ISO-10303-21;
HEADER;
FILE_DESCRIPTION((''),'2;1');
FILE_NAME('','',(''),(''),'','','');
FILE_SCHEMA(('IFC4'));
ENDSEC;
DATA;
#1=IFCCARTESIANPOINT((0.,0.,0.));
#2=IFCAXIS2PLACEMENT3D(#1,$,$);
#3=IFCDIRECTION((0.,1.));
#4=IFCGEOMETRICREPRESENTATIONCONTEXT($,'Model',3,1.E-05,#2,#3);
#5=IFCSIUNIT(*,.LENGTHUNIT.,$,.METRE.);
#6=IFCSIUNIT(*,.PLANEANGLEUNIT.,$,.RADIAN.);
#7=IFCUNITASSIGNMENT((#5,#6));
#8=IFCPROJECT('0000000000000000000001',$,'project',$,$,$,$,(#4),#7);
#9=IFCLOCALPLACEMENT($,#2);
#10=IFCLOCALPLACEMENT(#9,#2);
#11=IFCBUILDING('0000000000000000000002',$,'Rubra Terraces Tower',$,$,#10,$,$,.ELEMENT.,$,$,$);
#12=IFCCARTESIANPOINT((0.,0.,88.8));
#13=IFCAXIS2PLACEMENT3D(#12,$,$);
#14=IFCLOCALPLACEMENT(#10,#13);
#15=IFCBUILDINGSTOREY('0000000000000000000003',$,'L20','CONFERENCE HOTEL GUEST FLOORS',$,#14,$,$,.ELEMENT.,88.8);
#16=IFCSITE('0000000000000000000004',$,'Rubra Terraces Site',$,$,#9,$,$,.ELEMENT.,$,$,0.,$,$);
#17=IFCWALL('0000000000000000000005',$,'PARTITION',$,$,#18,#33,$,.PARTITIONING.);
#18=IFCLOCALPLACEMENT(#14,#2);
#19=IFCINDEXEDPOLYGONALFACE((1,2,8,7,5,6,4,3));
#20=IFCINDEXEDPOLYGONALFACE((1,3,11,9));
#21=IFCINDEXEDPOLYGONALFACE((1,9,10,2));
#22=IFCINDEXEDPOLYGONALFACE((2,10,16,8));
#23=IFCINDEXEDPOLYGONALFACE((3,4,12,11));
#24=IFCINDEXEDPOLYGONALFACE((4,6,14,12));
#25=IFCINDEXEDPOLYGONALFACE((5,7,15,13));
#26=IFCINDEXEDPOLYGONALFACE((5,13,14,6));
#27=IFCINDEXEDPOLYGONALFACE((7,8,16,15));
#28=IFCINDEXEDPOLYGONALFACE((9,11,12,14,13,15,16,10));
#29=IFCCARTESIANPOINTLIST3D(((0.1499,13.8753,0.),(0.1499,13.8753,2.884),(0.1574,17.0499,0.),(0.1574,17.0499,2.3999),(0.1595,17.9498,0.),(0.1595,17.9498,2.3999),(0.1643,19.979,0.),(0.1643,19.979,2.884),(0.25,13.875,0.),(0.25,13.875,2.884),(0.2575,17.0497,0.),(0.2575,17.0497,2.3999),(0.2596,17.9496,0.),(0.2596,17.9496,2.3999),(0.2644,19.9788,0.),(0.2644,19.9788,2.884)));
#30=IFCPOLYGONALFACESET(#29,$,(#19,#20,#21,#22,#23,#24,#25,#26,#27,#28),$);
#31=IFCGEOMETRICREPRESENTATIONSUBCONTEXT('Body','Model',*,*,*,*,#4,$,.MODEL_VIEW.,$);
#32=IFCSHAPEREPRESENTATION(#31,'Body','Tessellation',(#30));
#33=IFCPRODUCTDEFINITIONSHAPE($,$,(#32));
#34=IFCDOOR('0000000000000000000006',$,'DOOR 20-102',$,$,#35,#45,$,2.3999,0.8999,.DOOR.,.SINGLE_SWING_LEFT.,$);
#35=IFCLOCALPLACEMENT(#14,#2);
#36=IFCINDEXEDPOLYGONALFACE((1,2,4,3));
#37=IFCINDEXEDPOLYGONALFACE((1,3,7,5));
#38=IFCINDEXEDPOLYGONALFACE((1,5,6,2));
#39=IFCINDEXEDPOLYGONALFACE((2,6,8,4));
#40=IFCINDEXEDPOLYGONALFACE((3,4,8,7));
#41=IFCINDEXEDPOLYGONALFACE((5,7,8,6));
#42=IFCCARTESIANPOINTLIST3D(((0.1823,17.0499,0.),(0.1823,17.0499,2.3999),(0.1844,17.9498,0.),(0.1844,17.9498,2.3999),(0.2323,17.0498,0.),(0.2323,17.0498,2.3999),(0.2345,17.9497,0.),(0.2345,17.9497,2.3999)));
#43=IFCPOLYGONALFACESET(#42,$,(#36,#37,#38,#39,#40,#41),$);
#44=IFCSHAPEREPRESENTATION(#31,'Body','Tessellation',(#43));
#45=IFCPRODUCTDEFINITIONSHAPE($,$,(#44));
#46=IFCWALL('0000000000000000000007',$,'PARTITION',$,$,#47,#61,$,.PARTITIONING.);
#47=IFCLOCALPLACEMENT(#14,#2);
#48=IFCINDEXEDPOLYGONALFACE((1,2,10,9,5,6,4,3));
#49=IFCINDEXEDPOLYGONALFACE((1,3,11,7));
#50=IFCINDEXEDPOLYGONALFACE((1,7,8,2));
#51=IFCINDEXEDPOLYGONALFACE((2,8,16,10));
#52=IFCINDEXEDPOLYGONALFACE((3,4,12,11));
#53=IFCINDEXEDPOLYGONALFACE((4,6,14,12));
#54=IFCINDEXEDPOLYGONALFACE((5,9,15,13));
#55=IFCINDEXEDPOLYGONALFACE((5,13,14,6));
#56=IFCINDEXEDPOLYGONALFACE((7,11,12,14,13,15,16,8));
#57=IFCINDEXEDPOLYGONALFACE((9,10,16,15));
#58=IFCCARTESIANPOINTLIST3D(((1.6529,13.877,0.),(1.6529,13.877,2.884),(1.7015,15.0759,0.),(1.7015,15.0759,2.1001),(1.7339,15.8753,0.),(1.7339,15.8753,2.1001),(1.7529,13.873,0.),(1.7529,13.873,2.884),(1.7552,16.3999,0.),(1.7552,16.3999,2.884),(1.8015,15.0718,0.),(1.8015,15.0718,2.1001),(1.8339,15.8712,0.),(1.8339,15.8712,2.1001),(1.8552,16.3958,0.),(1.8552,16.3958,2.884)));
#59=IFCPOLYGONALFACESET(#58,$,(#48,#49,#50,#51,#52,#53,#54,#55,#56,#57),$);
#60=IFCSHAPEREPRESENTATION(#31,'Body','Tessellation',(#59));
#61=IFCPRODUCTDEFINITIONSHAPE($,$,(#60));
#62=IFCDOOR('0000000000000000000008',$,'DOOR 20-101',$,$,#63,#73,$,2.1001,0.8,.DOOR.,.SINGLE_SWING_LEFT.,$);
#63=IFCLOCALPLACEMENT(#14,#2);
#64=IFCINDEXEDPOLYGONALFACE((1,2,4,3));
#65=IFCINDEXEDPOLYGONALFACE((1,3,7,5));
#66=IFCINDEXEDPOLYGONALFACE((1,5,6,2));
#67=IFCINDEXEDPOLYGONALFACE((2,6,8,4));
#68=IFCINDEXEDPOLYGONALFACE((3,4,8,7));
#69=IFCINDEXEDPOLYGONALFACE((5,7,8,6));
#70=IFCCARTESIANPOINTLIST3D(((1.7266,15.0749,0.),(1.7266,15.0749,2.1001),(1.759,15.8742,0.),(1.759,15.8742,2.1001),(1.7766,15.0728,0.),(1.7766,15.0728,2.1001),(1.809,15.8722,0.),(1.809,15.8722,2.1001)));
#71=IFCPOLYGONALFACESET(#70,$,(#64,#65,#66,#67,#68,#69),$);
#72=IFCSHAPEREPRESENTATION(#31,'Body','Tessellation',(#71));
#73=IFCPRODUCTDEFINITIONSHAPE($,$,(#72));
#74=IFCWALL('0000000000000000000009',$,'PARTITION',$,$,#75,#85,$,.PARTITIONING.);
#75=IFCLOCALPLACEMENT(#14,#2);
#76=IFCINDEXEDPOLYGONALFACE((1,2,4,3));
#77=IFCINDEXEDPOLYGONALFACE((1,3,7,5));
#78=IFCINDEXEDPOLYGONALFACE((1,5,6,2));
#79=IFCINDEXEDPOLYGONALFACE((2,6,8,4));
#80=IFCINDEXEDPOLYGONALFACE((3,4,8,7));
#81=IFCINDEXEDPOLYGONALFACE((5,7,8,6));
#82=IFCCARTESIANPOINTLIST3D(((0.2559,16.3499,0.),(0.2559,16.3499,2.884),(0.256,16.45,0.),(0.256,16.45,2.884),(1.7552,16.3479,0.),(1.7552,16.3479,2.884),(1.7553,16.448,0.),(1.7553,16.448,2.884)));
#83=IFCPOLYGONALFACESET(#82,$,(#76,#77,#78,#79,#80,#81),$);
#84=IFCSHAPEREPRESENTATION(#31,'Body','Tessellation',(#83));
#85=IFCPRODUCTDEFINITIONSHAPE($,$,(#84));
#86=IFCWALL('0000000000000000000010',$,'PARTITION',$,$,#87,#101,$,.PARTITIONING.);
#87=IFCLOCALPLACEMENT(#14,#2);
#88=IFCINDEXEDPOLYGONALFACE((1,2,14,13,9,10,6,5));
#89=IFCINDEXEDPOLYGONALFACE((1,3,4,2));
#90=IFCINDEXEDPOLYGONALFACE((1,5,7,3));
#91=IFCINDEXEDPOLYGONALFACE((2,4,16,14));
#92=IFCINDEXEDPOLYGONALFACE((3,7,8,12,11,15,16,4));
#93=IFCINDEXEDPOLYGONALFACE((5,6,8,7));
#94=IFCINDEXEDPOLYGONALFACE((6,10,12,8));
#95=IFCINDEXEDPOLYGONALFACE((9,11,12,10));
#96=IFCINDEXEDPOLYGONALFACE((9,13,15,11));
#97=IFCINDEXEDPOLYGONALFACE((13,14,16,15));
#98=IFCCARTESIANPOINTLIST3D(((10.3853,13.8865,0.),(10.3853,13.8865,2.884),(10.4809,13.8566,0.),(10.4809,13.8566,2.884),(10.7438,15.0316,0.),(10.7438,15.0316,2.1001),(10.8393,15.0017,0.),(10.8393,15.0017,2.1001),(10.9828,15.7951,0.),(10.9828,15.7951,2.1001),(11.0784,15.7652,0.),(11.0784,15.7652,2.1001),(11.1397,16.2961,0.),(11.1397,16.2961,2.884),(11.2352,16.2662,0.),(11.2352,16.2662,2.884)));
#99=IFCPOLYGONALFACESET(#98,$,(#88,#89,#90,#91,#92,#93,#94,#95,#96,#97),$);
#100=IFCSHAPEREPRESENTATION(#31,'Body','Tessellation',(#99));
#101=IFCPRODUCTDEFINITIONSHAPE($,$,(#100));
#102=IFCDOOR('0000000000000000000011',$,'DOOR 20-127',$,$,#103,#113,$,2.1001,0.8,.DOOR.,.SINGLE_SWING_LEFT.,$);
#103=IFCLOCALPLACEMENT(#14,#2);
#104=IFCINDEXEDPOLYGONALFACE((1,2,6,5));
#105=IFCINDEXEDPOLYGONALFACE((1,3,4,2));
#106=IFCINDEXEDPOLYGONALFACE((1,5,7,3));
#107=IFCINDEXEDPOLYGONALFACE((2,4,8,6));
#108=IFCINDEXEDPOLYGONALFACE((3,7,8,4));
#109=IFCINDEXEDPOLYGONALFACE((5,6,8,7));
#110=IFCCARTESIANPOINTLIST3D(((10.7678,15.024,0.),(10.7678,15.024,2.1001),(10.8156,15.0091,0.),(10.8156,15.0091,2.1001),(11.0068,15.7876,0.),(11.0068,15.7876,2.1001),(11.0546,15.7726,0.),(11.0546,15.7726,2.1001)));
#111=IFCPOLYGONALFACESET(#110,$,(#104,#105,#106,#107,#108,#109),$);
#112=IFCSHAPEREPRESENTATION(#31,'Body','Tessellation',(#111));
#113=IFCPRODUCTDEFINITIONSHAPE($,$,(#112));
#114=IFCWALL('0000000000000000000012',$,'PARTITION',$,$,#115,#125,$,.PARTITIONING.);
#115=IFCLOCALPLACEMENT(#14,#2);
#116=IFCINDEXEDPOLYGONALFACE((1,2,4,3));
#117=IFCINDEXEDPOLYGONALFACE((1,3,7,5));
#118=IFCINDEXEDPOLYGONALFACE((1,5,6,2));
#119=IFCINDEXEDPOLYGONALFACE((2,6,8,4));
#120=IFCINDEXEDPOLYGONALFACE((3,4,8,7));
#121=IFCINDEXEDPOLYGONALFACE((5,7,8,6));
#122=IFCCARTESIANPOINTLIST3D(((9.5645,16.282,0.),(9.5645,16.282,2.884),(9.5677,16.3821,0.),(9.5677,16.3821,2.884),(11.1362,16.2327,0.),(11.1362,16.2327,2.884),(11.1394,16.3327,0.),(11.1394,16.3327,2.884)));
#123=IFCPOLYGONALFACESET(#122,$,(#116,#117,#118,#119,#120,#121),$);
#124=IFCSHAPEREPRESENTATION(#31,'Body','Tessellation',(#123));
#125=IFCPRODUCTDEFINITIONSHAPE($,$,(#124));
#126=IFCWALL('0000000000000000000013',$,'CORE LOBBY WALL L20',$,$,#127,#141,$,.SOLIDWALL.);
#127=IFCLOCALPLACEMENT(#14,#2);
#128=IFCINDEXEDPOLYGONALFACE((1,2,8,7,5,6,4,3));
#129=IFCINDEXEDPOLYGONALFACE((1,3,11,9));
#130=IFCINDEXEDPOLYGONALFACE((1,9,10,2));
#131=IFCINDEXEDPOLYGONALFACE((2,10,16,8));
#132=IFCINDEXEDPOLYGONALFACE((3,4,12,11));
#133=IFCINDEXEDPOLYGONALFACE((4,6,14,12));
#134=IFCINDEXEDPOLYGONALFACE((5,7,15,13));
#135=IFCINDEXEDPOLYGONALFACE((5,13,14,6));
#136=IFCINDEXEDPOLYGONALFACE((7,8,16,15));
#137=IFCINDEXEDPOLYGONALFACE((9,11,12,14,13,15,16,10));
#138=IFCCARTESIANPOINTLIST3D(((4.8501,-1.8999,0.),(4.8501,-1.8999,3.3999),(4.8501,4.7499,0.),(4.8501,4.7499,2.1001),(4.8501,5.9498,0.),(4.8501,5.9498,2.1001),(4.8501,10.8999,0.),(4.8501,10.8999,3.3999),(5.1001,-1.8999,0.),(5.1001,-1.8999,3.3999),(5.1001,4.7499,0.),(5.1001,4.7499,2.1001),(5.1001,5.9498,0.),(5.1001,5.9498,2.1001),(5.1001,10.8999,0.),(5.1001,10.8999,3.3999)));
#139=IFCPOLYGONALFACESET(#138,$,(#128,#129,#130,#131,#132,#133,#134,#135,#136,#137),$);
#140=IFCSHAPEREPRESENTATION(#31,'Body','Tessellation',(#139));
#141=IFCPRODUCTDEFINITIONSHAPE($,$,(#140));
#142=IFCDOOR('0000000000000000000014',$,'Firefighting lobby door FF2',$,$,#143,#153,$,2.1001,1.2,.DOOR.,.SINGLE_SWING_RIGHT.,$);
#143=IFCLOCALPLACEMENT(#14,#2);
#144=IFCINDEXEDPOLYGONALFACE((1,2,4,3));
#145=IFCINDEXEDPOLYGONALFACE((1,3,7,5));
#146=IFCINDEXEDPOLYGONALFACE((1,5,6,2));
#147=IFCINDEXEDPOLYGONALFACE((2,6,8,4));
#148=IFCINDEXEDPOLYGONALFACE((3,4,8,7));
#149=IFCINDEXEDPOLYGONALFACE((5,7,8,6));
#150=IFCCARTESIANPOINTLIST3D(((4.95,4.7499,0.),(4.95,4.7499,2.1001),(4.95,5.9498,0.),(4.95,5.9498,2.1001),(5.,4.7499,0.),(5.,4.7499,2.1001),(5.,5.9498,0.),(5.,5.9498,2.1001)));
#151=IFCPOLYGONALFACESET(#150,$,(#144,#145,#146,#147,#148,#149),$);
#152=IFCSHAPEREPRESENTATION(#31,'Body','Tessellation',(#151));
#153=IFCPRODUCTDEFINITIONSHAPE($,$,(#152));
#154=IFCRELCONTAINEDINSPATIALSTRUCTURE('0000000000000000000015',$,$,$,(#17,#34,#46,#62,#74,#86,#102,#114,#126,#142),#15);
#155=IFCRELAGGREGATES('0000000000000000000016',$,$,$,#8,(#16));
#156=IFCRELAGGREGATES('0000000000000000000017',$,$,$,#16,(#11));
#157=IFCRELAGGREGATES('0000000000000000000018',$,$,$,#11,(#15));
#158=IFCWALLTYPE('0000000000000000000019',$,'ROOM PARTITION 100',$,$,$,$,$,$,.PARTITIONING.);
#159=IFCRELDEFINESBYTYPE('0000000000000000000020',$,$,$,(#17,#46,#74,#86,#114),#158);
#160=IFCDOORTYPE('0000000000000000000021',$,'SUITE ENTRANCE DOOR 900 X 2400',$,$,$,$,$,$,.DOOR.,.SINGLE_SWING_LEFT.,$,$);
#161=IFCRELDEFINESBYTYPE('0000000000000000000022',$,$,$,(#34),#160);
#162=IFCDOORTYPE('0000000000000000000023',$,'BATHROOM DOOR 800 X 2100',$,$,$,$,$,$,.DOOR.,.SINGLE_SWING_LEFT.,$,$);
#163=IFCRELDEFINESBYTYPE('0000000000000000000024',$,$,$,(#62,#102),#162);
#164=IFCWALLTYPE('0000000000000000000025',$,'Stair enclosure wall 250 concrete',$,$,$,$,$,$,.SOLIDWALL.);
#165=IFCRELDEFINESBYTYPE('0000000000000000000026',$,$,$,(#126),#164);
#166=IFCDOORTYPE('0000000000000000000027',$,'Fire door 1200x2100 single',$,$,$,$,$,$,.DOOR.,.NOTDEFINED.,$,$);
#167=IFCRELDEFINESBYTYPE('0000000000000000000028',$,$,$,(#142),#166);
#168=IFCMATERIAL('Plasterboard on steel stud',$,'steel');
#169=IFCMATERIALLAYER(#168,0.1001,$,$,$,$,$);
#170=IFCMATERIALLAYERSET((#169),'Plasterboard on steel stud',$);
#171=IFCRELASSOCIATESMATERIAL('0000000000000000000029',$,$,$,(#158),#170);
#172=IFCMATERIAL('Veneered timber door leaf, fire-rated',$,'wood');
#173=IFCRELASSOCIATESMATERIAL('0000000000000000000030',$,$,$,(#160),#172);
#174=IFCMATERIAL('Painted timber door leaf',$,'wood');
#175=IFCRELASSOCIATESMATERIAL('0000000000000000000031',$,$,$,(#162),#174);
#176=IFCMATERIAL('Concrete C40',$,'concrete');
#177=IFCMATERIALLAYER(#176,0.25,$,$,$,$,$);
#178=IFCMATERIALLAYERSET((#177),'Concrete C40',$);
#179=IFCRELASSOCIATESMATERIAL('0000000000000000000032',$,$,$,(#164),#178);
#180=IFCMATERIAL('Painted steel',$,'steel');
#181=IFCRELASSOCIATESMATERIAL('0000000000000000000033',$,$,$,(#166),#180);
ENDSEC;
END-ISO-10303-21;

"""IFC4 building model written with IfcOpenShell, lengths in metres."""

from ifc_helpers import new_model, si_unit, direction, frame, frame_2d, origin, place, context, subcontext, project, spatial, rectangle, extrude, material, layer, layer_set, type_object, element, fill, save


model = new_model("IFC4")

# Units and contexts
model_context = context("Model", 3, precision=1e-05, world=origin(), true_north=direction((0.0, 1.0)))
body_context = subcontext(model_context, "Body", "Model", "MODEL_VIEW")
ifc_project = project(units=[si_unit("LENGTHUNIT", "METRE"), si_unit("PLANEANGLEUNIT", "RADIAN")], contexts=[model_context])

# Site, building, storey
site_placement = place(None, origin())
site = spatial("IfcSite", under=ifc_project, at=site_placement, Name="Rubra Terraces Site", CompositionType="ELEMENT", RefElevation=0.0)
building_placement = place(site_placement, origin())
building = spatial("IfcBuilding", under=site, at=building_placement, Name="Rubra Terraces Tower", CompositionType="ELEMENT")
storey_placement = place(building_placement, frame((0.0, 0.0, 88.8)))
storey = spatial("IfcBuildingStorey", under=building, at=storey_placement, Name="L20", Description="CONFERENCE HOTEL GUEST FLOORS", CompositionType="ELEMENT", Elevation=88.8)

# Shared definitions
ifc_material_1 = material(Name="Painted timber door leaf", Category="wood")

# Shared definitions
ifc_material_2 = material(Name="Concrete C40", Category="concrete")

# Walls, openings, doors
ifc_material_3 = material(Name="Plasterboard on steel stud", Category="steel")
ifc_layer_1 = layer(ifc_material_3, 0.1001)
ifc_layer_set_1 = layer_set([ifc_layer_1], Name="Plasterboard on steel stud")
wall_type_1 = type_object("IfcWallType", Name="ROOM PARTITION 100", PredefinedType="PARTITIONING", material=ifc_layer_set_1)
wall_1_placement = place(storey_placement, frame((0.2144, 19.9788, 0.0), z_axis=(0.0, 0.0, 1.0), x_axis=(-0.00236, -0.999997, 0.0)))
wall_1 = element("IfcWall", 1, at=wall_1_placement, inside=storey, type_object=wall_type_1, Name="PARTITION", PredefinedType="PARTITIONING", context=body_context, shape_type="SweptSolid", body=[
    extrude(rectangle(XDim=6.1038, YDim=0.1001, at=frame_2d((3.0518, 0.0))), origin(), (0.0, 0.0, 1.0), 2.884),
])
opening_1_placement = place(wall_1_placement, frame((2.0291, 0.0, 0.0)))
opening_1 = element("IfcOpeningElement", 2, at=opening_1_placement, cuts=wall_1, PredefinedType="OPENING", context=body_context, shape_type="SweptSolid", body=[
    extrude(rectangle(XDim=0.8999, YDim=2.3999, at=frame_2d((0.45, 1.2))), frame((0.0, 0.0601, 0.0), z_axis=(0.0, -1.0, 0.0), x_axis=(1.0, 0.0, 0.0)), (0.0, 0.0, 1.0), 0.1201),
])
ifc_material_4 = material(Name="Veneered timber door leaf, fire-rated", Category="wood")
door_type_1 = type_object("IfcDoorType", Name="SUITE ENTRANCE DOOR 900 X 2400", OperationType="SINGLE_SWING_LEFT", PredefinedType="DOOR", material=ifc_material_4)
door_1_placement = place(opening_1_placement, origin())
door_1 = element("IfcDoor", 3, at=door_1_placement, inside=storey, type_object=door_type_1, Name="DOOR 20-102", OperationType="SINGLE_SWING_LEFT", OverallHeight=2.3999, OverallWidth=0.8999, PredefinedType="DOOR", context=body_context, shape_type="SweptSolid", body=[
    extrude(rectangle(XDim=0.8999, YDim=2.3999, at=frame_2d((0.45, 1.2))), frame((0.0, 0.0249, 0.0), z_axis=(0.0, -1.0, 0.0), x_axis=(1.0, 0.0, 0.0)), (0.0, 0.0, 1.0), 0.05),
])
fill(opening_1, door_1)
wall_2_placement = place(storey_placement, frame((1.7029, 13.875, 0.0), z_axis=(0.0, 0.0, 1.0), x_axis=(0.040512, 0.999179, 0.0)))
wall_2 = element("IfcWall", 4, at=wall_2_placement, inside=storey, type_object=wall_type_1, Name="PARTITION", PredefinedType="PARTITIONING", context=body_context, shape_type="SweptSolid", body=[
    extrude(rectangle(XDim=2.5249, YDim=0.1001, at=frame_2d((1.2625, 0.0))), origin(), (0.0, 0.0, 1.0), 2.884),
])
opening_2_placement = place(wall_2_placement, frame((1.2, 0.0, 0.0)))
opening_2 = element("IfcOpeningElement", 5, at=opening_2_placement, cuts=wall_2, PredefinedType="OPENING", context=body_context, shape_type="SweptSolid", body=[
    extrude(rectangle(XDim=0.8, YDim=2.1001, at=frame_2d((0.3999, 1.05))), frame((0.0, 0.0601, 0.0), z_axis=(0.0, -1.0, 0.0), x_axis=(1.0, 0.0, 0.0)), (0.0, 0.0, 1.0), 0.1201),
])
door_type_2 = type_object("IfcDoorType", Name="BATHROOM DOOR 800 X 2100", OperationType="SINGLE_SWING_LEFT", PredefinedType="DOOR", material=ifc_material_1)
door_2_placement = place(opening_2_placement, origin())
door_2 = element("IfcDoor", 6, at=door_2_placement, inside=storey, type_object=door_type_2, Name="DOOR 20-101", OperationType="SINGLE_SWING_LEFT", OverallHeight=2.1001, OverallWidth=0.8, PredefinedType="DOOR", context=body_context, shape_type="SweptSolid", body=[
    extrude(rectangle(XDim=0.8, YDim=2.1001, at=frame_2d((0.3999, 1.05))), frame((0.0, 0.0249, 0.0), z_axis=(0.0, -1.0, 0.0), x_axis=(1.0, 0.0, 0.0)), (0.0, 0.0, 1.0), 0.05),
])
fill(opening_2, door_2)

# Wall
wall_3_placement = place(storey_placement, frame((1.7551, 16.3979, 0.0), z_axis=(0.0, 0.0, 1.0), x_axis=(-0.999999, 0.001303, 0.0)))
element("IfcWall", 7, at=wall_3_placement, inside=storey, type_object=wall_type_1, Name="PARTITION", PredefinedType="PARTITIONING", context=body_context, shape_type="SweptSolid", body=[
    extrude(rectangle(XDim=1.4993, YDim=0.1001, at=frame_2d((0.7495, 0.0))), origin(), (0.0, 0.0, 1.0), 2.884),
])

# Wall, opening, door
wall_4_placement = place(storey_placement, frame((10.4331, 13.8716, 0.0), z_axis=(0.0, 0.0, 1.0), x_axis=(0.29877, 0.954325, 0.0)))
wall_4 = element("IfcWall", 8, at=wall_4_placement, inside=storey, type_object=wall_type_1, Name="PARTITION", PredefinedType="PARTITIONING", context=body_context, shape_type="SweptSolid", body=[
    extrude(rectangle(XDim=2.5249, YDim=0.1001, at=frame_2d((1.2625, 0.0))), origin(), (0.0, 0.0, 1.0), 2.884),
])
opening_3_placement = place(wall_4_placement, frame((1.2, 0.0, 0.0)))
opening_3 = element("IfcOpeningElement", 9, at=opening_3_placement, cuts=wall_4, PredefinedType="OPENING", context=body_context, shape_type="SweptSolid", body=[
    extrude(rectangle(XDim=0.8, YDim=2.1001, at=frame_2d((0.3999, 1.05))), frame((0.0, 0.0601, 0.0), z_axis=(0.0, -1.0, 0.0), x_axis=(1.0, 0.0, 0.0)), (0.0, 0.0, 1.0), 0.1201),
])
door_3_placement = place(opening_3_placement, origin())
door_3 = element("IfcDoor", 10, at=door_3_placement, inside=storey, type_object=door_type_2, Name="DOOR 20-127", OperationType="SINGLE_SWING_LEFT", OverallHeight=2.1001, OverallWidth=0.8, PredefinedType="DOOR", context=body_context, shape_type="SweptSolid", body=[
    extrude(rectangle(XDim=0.8, YDim=2.1001, at=frame_2d((0.3999, 1.05))), frame((0.0, 0.0249, 0.0), z_axis=(0.0, -1.0, 0.0), x_axis=(1.0, 0.0, 0.0)), (0.0, 0.0, 1.0), 0.05),
])
fill(opening_3, door_3)

# Wall
wall_5_placement = place(storey_placement, frame((11.1377, 16.2827, 0.0), z_axis=(0.0, 0.0, 1.0), x_axis=(-0.999508, 0.031361, 0.0)))
element("IfcWall", 11, at=wall_5_placement, inside=storey, type_object=wall_type_1, Name="PARTITION", PredefinedType="PARTITIONING", context=body_context, shape_type="SweptSolid", body=[
    extrude(rectangle(XDim=1.5725, YDim=0.1001, at=frame_2d((0.7861, 0.0))), origin(), (0.0, 0.0, 1.0), 2.884),
])

# Wall, opening, door
ifc_layer_2 = layer(ifc_material_2, 0.25)
ifc_layer_set_2 = layer_set([ifc_layer_2], Name="Concrete C40")
wall_type_2 = type_object("IfcWallType", Name="Stair enclosure wall 250 concrete", PredefinedType="SOLIDWALL", material=ifc_layer_set_2)
wall_6_placement = place(storey_placement, frame((4.9751, 10.8999, 0.0), z_axis=(0.0, 0.0, 1.0), x_axis=(0.0, -1.0, 0.0)))
wall_6 = element("IfcWall", 12, at=wall_6_placement, inside=storey, type_object=wall_type_2, Name="CORE LOBBY WALL L20", PredefinedType="SOLIDWALL", context=body_context, shape_type="SweptSolid", body=[
    extrude(rectangle(XDim=12.7998, YDim=0.25, at=frame_2d((6.3999, 0.0))), origin(), (0.0, 0.0, 1.0), 3.3999),
])
opening_4_placement = place(wall_6_placement, frame((4.95, 0.0, 0.0)))
opening_4 = element("IfcOpeningElement", 13, at=opening_4_placement, cuts=wall_6, PredefinedType="OPENING", context=body_context, shape_type="SweptSolid", body=[
    extrude(rectangle(XDim=1.2, YDim=2.1001, at=frame_2d((0.6001, 1.05))), frame((0.0, 0.135, 0.0), z_axis=(0.0, -1.0, 0.0), x_axis=(1.0, 0.0, 0.0)), (0.0, 0.0, 1.0), 0.27),
])
ifc_material_5 = material(Name="Painted steel", Category="steel")
door_type_3 = type_object("IfcDoorType", Name="Fire door 1200x2100 single", OperationType="NOTDEFINED", PredefinedType="DOOR", material=ifc_material_5)
door_4_placement = place(opening_4_placement, origin())
door_4 = element("IfcDoor", 14, at=door_4_placement, inside=storey, type_object=door_type_3, Name="Firefighting lobby door FF2", OperationType="SINGLE_SWING_RIGHT", OverallHeight=2.1001, OverallWidth=1.2, PredefinedType="DOOR", context=body_context, shape_type="SweptSolid", body=[
    extrude(rectangle(XDim=1.2, YDim=2.1001, at=frame_2d((0.6001, 1.05))), frame((0.0, 0.0249, 0.0), z_axis=(0.0, -1.0, 0.0), x_axis=(1.0, 0.0, 0.0)), (0.0, 0.0, 1.0), 0.05),
])
fill(opening_4, door_4)

save(model, "model.ifc")
